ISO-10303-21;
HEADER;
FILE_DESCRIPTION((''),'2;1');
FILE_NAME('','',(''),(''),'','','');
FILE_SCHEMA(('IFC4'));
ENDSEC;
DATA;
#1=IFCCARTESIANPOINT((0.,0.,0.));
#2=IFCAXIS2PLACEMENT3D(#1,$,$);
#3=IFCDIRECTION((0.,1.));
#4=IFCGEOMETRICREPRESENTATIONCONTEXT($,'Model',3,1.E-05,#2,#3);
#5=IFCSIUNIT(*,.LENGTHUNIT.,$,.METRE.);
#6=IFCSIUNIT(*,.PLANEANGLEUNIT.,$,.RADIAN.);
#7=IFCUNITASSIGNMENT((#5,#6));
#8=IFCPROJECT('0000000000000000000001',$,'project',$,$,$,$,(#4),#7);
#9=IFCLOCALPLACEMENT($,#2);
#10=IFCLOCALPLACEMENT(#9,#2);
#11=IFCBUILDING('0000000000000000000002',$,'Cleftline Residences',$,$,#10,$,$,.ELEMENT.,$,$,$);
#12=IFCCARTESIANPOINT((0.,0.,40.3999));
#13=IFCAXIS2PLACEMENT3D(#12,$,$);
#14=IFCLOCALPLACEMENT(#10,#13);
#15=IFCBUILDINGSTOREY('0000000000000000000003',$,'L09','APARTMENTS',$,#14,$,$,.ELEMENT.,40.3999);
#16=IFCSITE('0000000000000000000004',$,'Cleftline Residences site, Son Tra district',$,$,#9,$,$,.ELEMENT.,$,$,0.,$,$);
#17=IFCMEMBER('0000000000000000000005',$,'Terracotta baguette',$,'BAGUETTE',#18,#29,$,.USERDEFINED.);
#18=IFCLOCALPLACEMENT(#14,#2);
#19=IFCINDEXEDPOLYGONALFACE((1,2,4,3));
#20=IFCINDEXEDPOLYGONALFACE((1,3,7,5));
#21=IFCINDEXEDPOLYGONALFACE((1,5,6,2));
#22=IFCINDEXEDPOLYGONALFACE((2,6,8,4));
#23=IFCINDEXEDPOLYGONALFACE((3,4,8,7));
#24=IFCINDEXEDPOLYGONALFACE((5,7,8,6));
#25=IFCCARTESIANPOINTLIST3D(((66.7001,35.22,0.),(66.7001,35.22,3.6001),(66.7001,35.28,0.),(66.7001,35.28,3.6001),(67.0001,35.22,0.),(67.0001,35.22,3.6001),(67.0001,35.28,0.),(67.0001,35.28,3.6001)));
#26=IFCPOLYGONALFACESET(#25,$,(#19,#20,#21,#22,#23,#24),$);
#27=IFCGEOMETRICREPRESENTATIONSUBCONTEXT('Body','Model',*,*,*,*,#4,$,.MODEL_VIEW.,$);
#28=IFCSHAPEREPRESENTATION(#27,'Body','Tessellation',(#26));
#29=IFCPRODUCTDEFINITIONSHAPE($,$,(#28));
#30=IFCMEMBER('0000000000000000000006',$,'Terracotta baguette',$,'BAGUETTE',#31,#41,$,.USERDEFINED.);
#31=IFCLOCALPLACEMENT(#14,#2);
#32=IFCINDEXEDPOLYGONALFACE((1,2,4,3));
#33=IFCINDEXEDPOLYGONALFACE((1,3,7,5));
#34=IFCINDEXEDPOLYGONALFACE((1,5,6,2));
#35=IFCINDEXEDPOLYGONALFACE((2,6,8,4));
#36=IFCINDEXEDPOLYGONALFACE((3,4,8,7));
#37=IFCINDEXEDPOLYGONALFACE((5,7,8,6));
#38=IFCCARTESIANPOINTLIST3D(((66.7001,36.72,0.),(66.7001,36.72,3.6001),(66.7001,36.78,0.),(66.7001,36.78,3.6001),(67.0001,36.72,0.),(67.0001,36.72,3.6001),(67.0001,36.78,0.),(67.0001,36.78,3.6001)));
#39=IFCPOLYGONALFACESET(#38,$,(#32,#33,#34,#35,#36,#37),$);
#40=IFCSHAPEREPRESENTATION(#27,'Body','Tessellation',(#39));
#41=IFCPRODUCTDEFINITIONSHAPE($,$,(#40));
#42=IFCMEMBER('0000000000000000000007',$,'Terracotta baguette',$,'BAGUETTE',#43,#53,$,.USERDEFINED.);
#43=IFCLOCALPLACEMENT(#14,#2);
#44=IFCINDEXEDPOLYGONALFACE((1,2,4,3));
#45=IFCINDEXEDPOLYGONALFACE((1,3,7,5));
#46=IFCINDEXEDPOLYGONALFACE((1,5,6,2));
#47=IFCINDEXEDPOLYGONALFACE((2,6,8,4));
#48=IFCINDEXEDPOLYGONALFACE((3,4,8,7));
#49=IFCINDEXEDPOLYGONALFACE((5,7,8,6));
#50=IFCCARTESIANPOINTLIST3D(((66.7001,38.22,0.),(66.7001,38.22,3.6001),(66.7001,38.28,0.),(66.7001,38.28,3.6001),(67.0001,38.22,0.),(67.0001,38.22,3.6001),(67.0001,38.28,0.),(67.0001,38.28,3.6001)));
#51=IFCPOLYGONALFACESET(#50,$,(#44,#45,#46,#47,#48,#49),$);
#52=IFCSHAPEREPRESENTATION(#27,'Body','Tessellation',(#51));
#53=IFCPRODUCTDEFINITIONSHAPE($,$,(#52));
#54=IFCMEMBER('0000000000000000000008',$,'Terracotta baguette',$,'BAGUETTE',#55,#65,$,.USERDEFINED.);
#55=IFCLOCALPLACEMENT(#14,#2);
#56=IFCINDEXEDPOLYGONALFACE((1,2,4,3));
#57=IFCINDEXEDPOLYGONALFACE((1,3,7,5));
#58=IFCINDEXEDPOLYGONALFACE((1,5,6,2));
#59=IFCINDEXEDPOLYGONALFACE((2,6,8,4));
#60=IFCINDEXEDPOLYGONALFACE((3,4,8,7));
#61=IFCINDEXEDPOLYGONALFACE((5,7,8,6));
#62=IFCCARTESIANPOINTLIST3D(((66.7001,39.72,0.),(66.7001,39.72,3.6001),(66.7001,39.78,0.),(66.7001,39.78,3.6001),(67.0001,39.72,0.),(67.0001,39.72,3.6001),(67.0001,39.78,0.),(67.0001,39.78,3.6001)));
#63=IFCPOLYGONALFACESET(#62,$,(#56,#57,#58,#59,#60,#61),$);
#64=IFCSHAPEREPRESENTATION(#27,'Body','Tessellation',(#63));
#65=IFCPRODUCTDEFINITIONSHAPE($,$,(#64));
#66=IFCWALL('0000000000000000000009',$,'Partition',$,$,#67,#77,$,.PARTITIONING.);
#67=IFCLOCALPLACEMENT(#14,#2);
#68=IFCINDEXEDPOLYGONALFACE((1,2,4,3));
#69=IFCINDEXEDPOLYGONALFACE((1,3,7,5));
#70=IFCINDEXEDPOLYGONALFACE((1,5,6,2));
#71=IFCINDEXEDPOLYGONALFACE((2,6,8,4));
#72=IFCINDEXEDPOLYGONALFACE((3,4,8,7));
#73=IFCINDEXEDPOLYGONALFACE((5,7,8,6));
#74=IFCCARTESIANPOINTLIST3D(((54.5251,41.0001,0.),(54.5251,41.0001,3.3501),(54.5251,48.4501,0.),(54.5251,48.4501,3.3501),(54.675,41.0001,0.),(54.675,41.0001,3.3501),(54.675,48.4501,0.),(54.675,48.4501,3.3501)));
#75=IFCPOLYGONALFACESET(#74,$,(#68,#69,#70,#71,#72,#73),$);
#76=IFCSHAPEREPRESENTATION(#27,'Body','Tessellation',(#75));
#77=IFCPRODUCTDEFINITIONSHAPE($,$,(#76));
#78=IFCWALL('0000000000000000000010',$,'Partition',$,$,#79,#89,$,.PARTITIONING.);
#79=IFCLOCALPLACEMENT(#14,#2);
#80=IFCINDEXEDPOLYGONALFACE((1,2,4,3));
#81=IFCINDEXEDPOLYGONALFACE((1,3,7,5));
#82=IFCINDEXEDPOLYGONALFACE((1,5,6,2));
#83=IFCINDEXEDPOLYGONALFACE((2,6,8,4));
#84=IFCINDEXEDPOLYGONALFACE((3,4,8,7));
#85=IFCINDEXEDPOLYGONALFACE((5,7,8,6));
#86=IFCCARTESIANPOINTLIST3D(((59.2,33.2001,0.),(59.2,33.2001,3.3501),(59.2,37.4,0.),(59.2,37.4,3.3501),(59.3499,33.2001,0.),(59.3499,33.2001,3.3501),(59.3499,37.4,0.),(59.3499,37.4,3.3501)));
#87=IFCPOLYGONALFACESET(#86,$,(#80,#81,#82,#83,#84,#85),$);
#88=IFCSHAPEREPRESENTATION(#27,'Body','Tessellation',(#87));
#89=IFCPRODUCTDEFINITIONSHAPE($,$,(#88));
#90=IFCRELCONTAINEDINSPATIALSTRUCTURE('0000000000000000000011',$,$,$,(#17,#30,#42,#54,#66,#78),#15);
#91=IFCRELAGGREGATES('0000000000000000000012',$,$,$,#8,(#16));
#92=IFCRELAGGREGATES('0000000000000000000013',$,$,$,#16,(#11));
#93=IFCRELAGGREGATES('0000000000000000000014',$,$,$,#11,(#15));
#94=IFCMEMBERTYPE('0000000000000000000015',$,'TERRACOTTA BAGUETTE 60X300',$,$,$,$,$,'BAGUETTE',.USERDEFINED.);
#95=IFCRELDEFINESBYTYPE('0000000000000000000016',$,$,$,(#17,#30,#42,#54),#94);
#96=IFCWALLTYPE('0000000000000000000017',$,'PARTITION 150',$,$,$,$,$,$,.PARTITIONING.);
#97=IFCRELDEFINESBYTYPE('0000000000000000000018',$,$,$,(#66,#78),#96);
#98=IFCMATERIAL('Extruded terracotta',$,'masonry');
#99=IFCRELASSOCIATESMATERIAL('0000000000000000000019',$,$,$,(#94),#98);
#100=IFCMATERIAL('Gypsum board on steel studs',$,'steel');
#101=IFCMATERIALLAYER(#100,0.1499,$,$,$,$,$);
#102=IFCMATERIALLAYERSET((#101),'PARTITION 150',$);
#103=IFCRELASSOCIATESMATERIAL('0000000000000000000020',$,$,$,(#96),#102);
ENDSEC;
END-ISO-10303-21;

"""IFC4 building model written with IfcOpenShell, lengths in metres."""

from ifc_helpers import new_model, si_unit, direction, frame, frame_2d, origin, origin_2d, place, context, subcontext, project, spatial, rectangle, extrude, material, layer, layer_set, material_profile, profile_set, type_object, element, save


model = new_model("IFC4")

# Units and contexts
model_context = context("Model", 3, precision=1e-05, world=origin(), true_north=direction((0.0, 1.0)))
body_context = subcontext(model_context, "Body", "Model", "MODEL_VIEW")
ifc_project = project(units=[si_unit("LENGTHUNIT", "METRE"), si_unit("PLANEANGLEUNIT", "RADIAN")], contexts=[model_context])

# Site, building, storey
site_placement = place(None, origin())
site = spatial("IfcSite", under=ifc_project, at=site_placement, Name="Cleftline Residences site, Son Tra district", CompositionType="ELEMENT", RefElevation=0.0)
building_placement = place(site_placement, origin())
building = spatial("IfcBuilding", under=site, at=building_placement, Name="Cleftline Residences", CompositionType="ELEMENT")
storey_placement = place(building_placement, frame((0.0, 0.0, 40.3999)))
storey = spatial("IfcBuildingStorey", under=building, at=storey_placement, Name="L09", Description="APARTMENTS", CompositionType="ELEMENT", Elevation=40.3999)

# Members
ifc_material_1 = material(Name="Extruded terracotta", Category="masonry")
ifc_material_profile_1 = material_profile(ifc_material_1, rectangle(XDim=0.0601, YDim=0.3, at=origin_2d()))
ifc_profile_set_1 = profile_set([ifc_material_profile_1], Name="Extruded terracotta")
member_type_1 = type_object("IfcMemberType", Name="TERRACOTTA BAGUETTE 60X300", ElementType="BAGUETTE", PredefinedType="USERDEFINED", material=ifc_profile_set_1)
for number, where, z_axis, x_axis, name in (
    (1, (66.8501, 35.25, 0.0), (0.0, 0.0, 1.0), (0.0, 1.0, 0.0), "Terracotta baguette"),
    (2, (66.8501, 36.75, 0.0), (0.0, 0.0, 1.0), (0.0, 1.0, 0.0), "Terracotta baguette"),
    (3, (66.8501, 38.25, 0.0), (0.0, 0.0, 1.0), (0.0, 1.0, 0.0), "Terracotta baguette"),
    (4, (66.8501, 39.75, 0.0), (0.0, 0.0, 1.0), (0.0, 1.0, 0.0), "Terracotta baguette"),
):
    element("IfcMember", number, at=place(storey_placement, frame(where, z_axis=z_axis, x_axis=x_axis)), inside=storey, type_object=member_type_1, Name=name, ObjectType="BAGUETTE", PredefinedType="USERDEFINED", context=body_context, shape_type="SweptSolid", body=[
        extrude(rectangle(XDim=0.0601, YDim=0.3, at=origin_2d()), origin(), (0.0, 0.0, 1.0), 3.6001),
    ])

# Walls
ifc_material_2 = material(Name="Gypsum board on steel studs", Category="steel")
ifc_layer = layer(ifc_material_2, 0.1499)
ifc_layer_set = layer_set([ifc_layer], Name="PARTITION 150")
wall_type = type_object("IfcWallType", Name="PARTITION 150", PredefinedType="PARTITIONING", material=ifc_layer_set)
wall_1_placement = place(storey_placement, frame((54.6001, 41.0, 0.0), z_axis=(0.0, 0.0, 1.0), x_axis=(0.0, 1.0, 0.0)))
element("IfcWall", 5, at=wall_1_placement, inside=storey, type_object=wall_type, Name="Partition", PredefinedType="PARTITIONING", context=body_context, shape_type="SweptSolid", body=[
    extrude(rectangle(XDim=7.45, YDim=0.1499, at=frame_2d((3.7251, 0.0))), origin(), (0.0, 0.0, 1.0), 3.3501),
])
wall_2_placement = place(storey_placement, frame((59.2749, 33.2, 0.0), z_axis=(0.0, 0.0, 1.0), x_axis=(0.0, 1.0, 0.0)))
element("IfcWall", 6, at=wall_2_placement, inside=storey, type_object=wall_type, Name="Partition", PredefinedType="PARTITIONING", context=body_context, shape_type="SweptSolid", body=[
    extrude(rectangle(XDim=4.2, YDim=0.1499, at=frame_2d((2.1001, 0.0))), origin(), (0.0, 0.0, 1.0), 3.3501),
])

save(model, "model.ifc")
